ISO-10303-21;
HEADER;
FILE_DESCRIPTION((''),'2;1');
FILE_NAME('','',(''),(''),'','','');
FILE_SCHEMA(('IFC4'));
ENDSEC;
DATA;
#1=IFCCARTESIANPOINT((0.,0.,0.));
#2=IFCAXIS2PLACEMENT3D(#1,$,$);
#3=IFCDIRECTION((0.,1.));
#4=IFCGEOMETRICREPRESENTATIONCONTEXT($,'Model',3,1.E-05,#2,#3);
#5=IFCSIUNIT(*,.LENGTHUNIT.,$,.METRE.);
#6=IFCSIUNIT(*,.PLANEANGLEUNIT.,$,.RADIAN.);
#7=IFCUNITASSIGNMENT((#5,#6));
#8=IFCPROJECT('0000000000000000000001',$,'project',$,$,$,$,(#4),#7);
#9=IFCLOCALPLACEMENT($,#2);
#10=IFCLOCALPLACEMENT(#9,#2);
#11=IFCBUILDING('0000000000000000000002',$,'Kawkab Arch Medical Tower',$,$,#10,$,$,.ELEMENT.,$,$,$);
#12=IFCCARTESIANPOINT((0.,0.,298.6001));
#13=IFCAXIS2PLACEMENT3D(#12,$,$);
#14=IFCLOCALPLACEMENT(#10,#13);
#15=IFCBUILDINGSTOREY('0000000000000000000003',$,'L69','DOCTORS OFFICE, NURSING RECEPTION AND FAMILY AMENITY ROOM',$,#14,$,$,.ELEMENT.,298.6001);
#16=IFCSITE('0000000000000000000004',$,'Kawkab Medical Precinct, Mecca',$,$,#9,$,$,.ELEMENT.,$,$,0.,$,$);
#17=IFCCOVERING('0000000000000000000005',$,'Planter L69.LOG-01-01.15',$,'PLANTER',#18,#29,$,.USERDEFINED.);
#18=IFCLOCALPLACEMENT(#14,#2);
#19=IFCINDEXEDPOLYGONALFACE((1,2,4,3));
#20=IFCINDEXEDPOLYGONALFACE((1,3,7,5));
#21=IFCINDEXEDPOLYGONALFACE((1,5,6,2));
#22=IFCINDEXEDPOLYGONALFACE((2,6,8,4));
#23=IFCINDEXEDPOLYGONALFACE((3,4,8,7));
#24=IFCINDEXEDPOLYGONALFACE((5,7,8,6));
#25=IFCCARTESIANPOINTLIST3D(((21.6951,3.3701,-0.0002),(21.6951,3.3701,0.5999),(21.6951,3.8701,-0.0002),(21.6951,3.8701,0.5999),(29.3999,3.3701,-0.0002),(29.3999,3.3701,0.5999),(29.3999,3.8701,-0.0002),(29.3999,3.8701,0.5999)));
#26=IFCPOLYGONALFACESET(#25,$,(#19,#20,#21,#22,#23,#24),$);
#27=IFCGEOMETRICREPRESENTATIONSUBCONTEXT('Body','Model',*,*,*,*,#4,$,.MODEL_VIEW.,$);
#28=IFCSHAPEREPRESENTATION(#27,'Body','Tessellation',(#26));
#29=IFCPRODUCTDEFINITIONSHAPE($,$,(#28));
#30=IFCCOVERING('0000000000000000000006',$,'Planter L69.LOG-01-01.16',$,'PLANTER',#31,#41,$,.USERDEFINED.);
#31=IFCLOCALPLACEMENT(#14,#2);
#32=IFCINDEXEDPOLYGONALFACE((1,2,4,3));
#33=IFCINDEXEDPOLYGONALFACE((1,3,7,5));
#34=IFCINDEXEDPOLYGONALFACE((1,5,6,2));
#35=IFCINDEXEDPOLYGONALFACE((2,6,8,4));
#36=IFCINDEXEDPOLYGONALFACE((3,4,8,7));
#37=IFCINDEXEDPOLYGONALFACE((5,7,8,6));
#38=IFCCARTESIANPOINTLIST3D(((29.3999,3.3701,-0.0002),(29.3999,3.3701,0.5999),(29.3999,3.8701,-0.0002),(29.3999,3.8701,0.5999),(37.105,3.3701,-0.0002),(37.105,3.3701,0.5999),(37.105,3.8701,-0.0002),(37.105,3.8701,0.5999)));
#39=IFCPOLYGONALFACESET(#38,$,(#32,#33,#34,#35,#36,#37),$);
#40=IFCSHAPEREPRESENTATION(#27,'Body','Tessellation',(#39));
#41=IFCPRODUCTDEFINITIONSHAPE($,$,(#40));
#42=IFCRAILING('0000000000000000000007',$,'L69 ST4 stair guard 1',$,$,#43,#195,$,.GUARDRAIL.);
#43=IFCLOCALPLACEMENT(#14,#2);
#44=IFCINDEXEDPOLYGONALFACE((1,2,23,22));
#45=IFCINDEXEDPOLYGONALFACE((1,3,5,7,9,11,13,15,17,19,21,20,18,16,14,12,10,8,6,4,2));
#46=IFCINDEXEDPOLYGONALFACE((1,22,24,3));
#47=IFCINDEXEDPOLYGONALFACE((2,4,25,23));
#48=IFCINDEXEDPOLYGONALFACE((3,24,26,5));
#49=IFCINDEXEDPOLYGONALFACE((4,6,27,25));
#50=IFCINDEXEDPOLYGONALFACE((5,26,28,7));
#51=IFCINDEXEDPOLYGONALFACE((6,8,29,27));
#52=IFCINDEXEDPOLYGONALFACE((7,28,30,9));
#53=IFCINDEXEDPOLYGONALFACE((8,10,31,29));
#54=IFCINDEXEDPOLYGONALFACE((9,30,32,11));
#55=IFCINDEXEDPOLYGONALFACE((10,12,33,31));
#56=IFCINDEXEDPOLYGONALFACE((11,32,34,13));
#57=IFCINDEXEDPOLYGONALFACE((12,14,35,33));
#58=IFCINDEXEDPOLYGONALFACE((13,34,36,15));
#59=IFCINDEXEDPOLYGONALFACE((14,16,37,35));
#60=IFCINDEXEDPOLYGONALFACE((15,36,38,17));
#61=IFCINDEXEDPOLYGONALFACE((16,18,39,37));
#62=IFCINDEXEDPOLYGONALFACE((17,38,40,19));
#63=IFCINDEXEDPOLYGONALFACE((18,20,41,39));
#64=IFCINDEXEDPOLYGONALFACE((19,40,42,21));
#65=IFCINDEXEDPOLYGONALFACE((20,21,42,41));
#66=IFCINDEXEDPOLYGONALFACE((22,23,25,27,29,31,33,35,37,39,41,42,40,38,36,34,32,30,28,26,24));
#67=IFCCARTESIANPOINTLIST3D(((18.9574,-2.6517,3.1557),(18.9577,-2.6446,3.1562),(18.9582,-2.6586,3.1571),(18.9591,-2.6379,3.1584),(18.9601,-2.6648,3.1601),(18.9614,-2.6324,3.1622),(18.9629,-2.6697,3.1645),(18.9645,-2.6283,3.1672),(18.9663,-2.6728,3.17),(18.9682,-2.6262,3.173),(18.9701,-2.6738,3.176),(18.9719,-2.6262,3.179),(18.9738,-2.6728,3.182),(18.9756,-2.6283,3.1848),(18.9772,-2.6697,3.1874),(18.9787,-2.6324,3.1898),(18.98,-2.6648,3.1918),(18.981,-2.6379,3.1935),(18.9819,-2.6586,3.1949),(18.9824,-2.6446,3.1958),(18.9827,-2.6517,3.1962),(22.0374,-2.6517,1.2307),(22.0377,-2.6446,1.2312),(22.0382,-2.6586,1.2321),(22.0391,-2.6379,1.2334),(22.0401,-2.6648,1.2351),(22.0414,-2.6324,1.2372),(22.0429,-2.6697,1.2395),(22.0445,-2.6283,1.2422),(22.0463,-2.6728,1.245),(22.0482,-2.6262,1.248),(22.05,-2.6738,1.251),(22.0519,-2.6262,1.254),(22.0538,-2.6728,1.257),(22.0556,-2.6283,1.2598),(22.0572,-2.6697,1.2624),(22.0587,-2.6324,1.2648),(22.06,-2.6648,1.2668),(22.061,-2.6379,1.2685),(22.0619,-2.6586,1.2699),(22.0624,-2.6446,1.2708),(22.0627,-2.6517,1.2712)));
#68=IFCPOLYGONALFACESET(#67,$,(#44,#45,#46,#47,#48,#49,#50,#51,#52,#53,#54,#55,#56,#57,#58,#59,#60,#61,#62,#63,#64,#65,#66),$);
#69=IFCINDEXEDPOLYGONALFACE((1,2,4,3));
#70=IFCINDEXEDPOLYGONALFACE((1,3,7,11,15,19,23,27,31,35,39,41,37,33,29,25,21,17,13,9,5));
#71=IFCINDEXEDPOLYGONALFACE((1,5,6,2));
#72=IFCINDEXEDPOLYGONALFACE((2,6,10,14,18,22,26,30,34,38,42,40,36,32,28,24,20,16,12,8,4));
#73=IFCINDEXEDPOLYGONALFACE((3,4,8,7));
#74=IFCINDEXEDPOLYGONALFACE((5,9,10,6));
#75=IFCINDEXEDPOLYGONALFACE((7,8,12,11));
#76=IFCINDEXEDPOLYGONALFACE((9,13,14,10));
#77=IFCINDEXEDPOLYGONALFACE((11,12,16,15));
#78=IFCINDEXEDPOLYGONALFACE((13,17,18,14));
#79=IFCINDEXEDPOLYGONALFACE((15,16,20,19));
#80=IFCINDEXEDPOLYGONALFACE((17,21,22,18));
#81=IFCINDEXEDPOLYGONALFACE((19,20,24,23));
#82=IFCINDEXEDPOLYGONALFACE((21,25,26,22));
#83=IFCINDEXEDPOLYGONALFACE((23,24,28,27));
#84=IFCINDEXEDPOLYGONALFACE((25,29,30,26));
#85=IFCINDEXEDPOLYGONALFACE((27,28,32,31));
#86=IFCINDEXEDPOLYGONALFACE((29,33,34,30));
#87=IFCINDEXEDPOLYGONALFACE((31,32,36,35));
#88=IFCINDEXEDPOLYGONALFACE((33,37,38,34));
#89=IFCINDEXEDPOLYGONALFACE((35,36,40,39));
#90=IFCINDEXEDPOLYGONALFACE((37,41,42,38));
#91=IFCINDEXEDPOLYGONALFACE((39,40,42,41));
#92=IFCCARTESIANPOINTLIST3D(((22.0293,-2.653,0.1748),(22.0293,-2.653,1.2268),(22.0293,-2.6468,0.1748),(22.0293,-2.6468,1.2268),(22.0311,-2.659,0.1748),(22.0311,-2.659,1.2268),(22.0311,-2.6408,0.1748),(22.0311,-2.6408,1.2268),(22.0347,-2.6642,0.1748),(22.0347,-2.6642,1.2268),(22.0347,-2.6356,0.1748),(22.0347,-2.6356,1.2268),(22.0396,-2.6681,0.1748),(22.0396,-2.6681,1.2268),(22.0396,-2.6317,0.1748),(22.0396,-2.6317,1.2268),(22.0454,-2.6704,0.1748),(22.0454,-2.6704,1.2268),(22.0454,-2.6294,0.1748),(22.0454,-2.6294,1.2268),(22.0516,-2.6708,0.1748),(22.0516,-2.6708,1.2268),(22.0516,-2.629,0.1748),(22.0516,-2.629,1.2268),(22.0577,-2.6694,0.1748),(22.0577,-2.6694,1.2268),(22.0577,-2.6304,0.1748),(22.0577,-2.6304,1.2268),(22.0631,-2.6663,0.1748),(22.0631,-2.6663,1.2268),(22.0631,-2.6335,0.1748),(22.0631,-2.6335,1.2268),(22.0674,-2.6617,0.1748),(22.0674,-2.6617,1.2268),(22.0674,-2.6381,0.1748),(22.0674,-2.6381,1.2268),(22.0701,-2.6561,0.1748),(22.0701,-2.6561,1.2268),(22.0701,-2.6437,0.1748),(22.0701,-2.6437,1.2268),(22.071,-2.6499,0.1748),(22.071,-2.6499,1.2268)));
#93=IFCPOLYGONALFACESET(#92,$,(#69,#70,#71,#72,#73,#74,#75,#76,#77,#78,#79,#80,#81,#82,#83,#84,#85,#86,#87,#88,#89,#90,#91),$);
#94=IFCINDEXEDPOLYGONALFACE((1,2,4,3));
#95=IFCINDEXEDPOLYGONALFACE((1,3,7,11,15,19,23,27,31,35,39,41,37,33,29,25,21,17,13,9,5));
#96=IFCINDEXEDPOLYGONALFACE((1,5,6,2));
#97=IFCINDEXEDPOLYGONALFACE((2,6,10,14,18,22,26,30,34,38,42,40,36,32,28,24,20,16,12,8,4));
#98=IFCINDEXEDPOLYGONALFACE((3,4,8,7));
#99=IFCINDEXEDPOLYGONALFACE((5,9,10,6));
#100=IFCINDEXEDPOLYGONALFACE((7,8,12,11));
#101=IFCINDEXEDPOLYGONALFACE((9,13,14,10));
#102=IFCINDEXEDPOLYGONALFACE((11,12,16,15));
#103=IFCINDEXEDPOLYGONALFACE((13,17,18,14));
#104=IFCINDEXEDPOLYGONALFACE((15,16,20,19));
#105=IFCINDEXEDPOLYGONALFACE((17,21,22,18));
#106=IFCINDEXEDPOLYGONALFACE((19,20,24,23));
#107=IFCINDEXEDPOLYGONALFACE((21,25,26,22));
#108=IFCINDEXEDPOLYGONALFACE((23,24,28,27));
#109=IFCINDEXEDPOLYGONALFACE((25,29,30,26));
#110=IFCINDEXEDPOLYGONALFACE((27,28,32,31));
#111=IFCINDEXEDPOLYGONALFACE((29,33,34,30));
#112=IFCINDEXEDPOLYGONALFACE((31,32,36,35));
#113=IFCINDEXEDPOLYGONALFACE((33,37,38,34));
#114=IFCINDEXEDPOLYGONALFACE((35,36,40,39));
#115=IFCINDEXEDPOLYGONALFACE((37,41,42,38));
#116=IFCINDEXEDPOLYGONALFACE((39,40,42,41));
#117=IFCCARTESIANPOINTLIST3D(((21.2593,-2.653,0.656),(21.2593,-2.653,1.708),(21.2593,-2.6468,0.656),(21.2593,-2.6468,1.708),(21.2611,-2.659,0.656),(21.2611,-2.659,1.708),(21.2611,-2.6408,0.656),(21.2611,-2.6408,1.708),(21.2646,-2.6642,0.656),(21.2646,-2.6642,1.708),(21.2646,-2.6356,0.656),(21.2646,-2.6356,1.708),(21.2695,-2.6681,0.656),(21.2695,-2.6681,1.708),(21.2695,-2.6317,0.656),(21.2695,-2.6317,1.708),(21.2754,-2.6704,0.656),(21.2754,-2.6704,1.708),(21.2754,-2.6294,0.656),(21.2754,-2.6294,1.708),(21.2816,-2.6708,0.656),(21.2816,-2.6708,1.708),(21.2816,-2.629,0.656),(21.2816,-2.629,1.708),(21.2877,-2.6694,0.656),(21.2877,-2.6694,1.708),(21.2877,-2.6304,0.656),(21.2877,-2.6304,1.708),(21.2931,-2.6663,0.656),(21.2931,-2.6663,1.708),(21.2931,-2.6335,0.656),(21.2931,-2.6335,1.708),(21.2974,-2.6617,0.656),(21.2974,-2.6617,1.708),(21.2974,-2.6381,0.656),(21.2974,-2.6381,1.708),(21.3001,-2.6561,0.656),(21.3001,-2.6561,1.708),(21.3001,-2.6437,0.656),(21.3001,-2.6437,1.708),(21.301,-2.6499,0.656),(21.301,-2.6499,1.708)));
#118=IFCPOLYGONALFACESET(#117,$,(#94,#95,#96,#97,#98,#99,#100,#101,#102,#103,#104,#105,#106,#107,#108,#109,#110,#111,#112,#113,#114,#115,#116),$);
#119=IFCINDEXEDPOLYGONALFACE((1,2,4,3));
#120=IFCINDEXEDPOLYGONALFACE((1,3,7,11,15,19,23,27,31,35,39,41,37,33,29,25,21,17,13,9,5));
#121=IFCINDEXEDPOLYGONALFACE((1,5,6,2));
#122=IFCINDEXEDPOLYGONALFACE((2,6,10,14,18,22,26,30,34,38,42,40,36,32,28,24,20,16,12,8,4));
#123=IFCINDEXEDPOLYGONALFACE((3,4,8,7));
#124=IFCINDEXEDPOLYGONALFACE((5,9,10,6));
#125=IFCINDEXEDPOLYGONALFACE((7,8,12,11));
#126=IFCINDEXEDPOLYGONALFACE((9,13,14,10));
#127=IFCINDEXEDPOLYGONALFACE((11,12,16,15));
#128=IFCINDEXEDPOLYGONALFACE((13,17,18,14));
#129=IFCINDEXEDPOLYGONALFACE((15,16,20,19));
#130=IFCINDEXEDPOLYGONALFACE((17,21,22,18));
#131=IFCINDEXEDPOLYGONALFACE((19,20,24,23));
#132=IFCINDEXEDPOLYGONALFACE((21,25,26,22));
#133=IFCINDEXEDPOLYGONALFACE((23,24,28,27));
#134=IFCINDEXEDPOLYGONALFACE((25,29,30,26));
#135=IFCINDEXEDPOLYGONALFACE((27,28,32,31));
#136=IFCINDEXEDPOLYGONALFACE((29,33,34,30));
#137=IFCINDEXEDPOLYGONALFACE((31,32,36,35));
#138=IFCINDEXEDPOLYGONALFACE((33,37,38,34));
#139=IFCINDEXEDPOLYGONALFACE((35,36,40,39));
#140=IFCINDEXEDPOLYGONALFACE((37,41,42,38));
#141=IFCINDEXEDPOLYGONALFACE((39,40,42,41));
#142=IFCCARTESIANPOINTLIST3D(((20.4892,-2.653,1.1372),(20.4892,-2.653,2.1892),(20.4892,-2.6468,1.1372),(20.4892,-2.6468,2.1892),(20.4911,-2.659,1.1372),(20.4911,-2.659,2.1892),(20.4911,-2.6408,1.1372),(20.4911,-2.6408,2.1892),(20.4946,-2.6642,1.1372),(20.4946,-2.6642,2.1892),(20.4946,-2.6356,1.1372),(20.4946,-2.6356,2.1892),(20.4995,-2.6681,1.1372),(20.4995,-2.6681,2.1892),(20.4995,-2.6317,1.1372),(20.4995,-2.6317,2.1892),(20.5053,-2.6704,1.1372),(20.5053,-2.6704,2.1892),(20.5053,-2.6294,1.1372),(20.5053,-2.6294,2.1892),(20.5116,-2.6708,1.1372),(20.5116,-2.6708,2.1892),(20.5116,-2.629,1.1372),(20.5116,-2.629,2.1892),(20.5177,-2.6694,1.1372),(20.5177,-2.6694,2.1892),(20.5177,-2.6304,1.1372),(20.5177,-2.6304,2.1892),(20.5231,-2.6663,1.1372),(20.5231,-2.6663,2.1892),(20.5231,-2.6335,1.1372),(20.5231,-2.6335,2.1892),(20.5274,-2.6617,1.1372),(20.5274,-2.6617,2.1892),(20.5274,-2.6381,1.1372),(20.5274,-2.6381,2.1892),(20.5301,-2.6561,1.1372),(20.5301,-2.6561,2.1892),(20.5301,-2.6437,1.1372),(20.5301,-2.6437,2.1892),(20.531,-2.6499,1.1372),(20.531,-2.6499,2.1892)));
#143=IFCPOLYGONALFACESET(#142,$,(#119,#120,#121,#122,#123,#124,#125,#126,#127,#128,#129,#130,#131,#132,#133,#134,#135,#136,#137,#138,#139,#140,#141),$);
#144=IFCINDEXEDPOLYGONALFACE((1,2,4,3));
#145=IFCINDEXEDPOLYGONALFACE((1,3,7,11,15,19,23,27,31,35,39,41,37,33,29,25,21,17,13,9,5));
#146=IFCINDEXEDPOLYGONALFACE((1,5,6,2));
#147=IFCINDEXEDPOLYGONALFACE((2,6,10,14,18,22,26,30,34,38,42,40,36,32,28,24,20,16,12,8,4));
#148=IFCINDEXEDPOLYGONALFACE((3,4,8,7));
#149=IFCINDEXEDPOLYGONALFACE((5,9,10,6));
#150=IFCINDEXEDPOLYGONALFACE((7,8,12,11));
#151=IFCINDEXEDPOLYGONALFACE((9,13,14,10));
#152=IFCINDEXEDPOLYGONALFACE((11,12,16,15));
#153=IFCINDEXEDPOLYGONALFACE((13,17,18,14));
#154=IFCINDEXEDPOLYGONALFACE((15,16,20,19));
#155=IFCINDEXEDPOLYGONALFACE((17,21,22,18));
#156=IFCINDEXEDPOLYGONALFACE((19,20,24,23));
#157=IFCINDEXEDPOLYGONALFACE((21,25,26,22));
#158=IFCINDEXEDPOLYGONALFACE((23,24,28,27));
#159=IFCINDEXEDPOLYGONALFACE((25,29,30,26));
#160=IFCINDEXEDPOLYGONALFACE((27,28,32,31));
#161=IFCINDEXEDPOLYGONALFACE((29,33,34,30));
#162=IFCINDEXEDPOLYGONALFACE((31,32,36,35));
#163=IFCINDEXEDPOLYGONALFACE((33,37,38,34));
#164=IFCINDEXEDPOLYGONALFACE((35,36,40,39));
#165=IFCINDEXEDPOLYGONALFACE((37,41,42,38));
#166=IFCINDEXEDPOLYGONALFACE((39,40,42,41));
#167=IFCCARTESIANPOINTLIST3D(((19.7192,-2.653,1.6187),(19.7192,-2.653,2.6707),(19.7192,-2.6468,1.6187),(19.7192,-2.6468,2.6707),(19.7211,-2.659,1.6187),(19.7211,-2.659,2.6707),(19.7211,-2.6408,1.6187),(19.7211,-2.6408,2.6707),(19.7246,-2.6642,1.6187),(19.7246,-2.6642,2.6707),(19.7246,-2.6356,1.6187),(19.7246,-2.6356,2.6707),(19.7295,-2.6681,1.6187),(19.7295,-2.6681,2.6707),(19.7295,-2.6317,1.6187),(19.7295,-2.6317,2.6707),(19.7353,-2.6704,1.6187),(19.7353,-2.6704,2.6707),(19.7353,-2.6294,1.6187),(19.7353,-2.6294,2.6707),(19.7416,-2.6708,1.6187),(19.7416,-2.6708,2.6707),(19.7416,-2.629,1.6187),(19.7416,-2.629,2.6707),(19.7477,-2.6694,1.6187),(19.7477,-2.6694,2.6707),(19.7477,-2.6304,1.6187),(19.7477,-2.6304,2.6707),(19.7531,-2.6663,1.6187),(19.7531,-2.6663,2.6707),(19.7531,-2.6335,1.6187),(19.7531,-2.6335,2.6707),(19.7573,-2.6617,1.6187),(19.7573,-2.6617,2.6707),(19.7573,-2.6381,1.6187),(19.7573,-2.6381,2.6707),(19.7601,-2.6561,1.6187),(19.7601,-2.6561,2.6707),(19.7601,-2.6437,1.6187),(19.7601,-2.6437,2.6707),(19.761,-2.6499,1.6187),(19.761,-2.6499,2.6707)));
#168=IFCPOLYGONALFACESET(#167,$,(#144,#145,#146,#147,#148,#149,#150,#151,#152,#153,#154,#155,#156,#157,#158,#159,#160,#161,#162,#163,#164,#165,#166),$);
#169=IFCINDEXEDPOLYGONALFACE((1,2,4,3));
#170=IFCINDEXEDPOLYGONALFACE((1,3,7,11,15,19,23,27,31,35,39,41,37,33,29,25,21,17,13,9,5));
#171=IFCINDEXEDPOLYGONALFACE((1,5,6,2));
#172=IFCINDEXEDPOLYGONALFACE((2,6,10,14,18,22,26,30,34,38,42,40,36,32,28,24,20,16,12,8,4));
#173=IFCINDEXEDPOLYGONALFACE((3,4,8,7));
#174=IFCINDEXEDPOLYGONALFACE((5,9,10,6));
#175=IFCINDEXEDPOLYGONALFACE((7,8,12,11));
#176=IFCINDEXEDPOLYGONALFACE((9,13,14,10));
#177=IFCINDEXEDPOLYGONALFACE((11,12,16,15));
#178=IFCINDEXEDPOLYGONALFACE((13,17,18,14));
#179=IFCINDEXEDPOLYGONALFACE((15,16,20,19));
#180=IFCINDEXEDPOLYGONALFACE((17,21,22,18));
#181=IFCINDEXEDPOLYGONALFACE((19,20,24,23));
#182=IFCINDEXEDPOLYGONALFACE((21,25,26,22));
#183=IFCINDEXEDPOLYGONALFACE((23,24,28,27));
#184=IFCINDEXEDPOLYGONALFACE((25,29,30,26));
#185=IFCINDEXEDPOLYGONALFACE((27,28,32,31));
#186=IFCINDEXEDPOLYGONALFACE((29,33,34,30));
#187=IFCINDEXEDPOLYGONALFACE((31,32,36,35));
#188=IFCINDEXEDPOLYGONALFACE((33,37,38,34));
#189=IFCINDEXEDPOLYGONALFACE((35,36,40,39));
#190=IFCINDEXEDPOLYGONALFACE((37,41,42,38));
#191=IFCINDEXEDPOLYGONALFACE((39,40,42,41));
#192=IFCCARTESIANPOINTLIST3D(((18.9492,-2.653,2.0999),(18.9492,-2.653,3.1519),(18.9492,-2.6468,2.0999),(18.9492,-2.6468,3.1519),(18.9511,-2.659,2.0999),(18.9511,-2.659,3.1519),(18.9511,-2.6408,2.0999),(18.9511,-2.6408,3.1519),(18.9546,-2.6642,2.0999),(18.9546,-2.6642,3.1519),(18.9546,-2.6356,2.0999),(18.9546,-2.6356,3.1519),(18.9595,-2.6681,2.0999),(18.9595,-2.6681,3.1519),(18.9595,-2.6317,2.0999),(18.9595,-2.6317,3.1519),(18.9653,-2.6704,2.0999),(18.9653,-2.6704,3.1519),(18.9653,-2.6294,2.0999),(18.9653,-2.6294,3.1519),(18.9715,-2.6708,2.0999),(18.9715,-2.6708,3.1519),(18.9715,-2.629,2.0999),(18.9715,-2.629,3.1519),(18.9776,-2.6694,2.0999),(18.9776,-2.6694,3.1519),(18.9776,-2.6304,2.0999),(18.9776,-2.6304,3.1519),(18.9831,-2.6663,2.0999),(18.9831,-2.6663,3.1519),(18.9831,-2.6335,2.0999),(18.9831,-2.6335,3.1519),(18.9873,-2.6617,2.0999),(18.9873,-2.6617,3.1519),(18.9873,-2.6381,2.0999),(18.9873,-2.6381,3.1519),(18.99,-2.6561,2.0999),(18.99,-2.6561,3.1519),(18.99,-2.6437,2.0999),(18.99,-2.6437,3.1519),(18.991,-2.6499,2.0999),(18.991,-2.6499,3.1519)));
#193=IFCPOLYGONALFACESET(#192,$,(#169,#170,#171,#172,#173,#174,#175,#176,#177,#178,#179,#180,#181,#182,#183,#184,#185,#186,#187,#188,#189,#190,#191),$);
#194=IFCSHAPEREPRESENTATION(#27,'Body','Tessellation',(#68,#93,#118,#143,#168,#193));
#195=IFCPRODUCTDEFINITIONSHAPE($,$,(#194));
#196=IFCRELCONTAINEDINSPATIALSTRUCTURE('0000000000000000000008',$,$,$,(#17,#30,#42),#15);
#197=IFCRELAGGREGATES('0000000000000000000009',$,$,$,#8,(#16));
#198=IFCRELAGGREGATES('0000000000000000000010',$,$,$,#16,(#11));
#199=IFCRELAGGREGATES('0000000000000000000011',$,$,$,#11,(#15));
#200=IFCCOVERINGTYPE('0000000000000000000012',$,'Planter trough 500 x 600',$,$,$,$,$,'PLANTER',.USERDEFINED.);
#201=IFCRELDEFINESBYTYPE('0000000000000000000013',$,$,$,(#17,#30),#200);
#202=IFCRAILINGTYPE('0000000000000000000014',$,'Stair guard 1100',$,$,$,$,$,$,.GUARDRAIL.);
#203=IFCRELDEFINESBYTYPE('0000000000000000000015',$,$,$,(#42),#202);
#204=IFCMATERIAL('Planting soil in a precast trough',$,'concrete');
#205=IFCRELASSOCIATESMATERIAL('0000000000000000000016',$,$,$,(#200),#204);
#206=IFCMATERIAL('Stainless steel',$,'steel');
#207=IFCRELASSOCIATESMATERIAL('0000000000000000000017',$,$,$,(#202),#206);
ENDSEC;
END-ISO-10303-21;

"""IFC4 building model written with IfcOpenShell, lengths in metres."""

from ifc_helpers import new_model, si_unit, direction, frame, origin, origin_2d, place, context, subcontext, project, spatial, rectangle, circle, extrude, material, material_profile, profile_set, type_object, element, save


model = new_model("IFC4")

# Units and contexts
model_context = context("Model", 3, precision=1e-05, world=origin(), true_north=direction((0.0, 1.0)))
body_context = subcontext(model_context, "Body", "Model", "MODEL_VIEW")
ifc_project = project(units=[si_unit("LENGTHUNIT", "METRE"), si_unit("PLANEANGLEUNIT", "RADIAN")], contexts=[model_context])

# Site, building, storey
site_placement = place(None, origin())
site = spatial("IfcSite", under=ifc_project, at=site_placement, Name="Kawkab Medical Precinct, Mecca", CompositionType="ELEMENT", RefElevation=0.0)
building_placement = place(site_placement, origin())
building = spatial("IfcBuilding", under=site, at=building_placement, Name="Kawkab Arch Medical Tower", CompositionType="ELEMENT")
storey_placement = place(building_placement, frame((0.0, 0.0, 298.6001)))
storey = spatial("IfcBuildingStorey", under=building, at=storey_placement, Name="L69", Description="DOCTORS OFFICE, NURSING RECEPTION AND FAMILY AMENITY ROOM", CompositionType="ELEMENT", Elevation=298.6001)

# Coverings
ifc_material_1 = material(Name="Planting soil in a precast trough", Category="concrete")
ifc_material_profile_1 = material_profile(ifc_material_1, rectangle(XDim=0.5, YDim=0.6001, at=origin_2d()), Name="Trough 500x600")
ifc_profile_set_1 = profile_set([ifc_material_profile_1], Name="Planting soil in a precast trough")
covering_type_1 = type_object("IfcCoveringType", Name="Planter trough 500 x 600", ElementType="PLANTER", PredefinedType="USERDEFINED", material=ifc_profile_set_1)
covering_1_placement = place(storey_placement, frame((21.6951, 3.6201, 0.2998), z_axis=(1.0, 0.0, 0.0), x_axis=(0.0, 1.0, 0.0)))
element("IfcCovering", 1, at=covering_1_placement, inside=storey, type_object=covering_type_1, Name="Planter L69.LOG-01-01.15", ObjectType="PLANTER", PredefinedType="USERDEFINED", context=body_context, shape_type="SweptSolid", body=[
    extrude(rectangle(XDim=0.5, YDim=0.6001, at=origin_2d()), origin(), (0.0, 0.0, 1.0), 7.7048),
])
covering_2_placement = place(storey_placement, frame((29.3999, 3.6201, 0.2998), z_axis=(1.0, 0.0, 0.0), x_axis=(0.0, 1.0, 0.0)))
element("IfcCovering", 2, at=covering_2_placement, inside=storey, type_object=covering_type_1, Name="Planter L69.LOG-01-01.16", ObjectType="PLANTER", PredefinedType="USERDEFINED", context=body_context, shape_type="SweptSolid", body=[
    extrude(rectangle(XDim=0.5, YDim=0.6001, at=origin_2d()), origin(), (0.0, 0.0, 1.0), 7.7051),
])

# Railing
ifc_material_2 = material(Name="Stainless steel", Category="steel")
railing_type_1 = type_object("IfcRailingType", Name="Stair guard 1100", PredefinedType="GUARDRAIL", material=ifc_material_2)
railing_1_placement = place(storey_placement, frame((22.05, -2.6499, 0.1748)))
element("IfcRailing", 3, at=railing_1_placement, inside=storey, type_object=railing_type_1, Name="L69 ST4 stair guard 1", PredefinedType="GUARDRAIL", context=body_context, shape_type="SweptSolid", body=[
    extrude(circle(Radius=0.0239, at=origin_2d()), frame((0.0, 0.0, 1.0762), z_axis=(-0.847998, 0.0, 0.529999), x_axis=(0.0, -1.0, 0.0)), (0.0, 0.0, 1.0), 3.6321),
    extrude(circle(Radius=0.021, at=origin_2d()), origin(), (0.0, 0.0, 1.0), 1.052),
    extrude(circle(Radius=0.021, at=origin_2d()), frame((-0.77, 0.0, 0.4812)), (0.0, 0.0, 1.0), 1.052),
    extrude(circle(Radius=0.021, at=origin_2d()), frame((-1.54, 0.0, 0.9624)), (0.0, 0.0, 1.0), 1.052),
    extrude(circle(Radius=0.021, at=origin_2d()), frame((-2.3101, 0.0, 1.4438)), (0.0, 0.0, 1.0), 1.052),
    extrude(circle(Radius=0.021, at=origin_2d()), frame((-3.0801, 0.0, 1.925)), (0.0, 0.0, 1.0), 1.052),
])

save(model, "model.ifc")
